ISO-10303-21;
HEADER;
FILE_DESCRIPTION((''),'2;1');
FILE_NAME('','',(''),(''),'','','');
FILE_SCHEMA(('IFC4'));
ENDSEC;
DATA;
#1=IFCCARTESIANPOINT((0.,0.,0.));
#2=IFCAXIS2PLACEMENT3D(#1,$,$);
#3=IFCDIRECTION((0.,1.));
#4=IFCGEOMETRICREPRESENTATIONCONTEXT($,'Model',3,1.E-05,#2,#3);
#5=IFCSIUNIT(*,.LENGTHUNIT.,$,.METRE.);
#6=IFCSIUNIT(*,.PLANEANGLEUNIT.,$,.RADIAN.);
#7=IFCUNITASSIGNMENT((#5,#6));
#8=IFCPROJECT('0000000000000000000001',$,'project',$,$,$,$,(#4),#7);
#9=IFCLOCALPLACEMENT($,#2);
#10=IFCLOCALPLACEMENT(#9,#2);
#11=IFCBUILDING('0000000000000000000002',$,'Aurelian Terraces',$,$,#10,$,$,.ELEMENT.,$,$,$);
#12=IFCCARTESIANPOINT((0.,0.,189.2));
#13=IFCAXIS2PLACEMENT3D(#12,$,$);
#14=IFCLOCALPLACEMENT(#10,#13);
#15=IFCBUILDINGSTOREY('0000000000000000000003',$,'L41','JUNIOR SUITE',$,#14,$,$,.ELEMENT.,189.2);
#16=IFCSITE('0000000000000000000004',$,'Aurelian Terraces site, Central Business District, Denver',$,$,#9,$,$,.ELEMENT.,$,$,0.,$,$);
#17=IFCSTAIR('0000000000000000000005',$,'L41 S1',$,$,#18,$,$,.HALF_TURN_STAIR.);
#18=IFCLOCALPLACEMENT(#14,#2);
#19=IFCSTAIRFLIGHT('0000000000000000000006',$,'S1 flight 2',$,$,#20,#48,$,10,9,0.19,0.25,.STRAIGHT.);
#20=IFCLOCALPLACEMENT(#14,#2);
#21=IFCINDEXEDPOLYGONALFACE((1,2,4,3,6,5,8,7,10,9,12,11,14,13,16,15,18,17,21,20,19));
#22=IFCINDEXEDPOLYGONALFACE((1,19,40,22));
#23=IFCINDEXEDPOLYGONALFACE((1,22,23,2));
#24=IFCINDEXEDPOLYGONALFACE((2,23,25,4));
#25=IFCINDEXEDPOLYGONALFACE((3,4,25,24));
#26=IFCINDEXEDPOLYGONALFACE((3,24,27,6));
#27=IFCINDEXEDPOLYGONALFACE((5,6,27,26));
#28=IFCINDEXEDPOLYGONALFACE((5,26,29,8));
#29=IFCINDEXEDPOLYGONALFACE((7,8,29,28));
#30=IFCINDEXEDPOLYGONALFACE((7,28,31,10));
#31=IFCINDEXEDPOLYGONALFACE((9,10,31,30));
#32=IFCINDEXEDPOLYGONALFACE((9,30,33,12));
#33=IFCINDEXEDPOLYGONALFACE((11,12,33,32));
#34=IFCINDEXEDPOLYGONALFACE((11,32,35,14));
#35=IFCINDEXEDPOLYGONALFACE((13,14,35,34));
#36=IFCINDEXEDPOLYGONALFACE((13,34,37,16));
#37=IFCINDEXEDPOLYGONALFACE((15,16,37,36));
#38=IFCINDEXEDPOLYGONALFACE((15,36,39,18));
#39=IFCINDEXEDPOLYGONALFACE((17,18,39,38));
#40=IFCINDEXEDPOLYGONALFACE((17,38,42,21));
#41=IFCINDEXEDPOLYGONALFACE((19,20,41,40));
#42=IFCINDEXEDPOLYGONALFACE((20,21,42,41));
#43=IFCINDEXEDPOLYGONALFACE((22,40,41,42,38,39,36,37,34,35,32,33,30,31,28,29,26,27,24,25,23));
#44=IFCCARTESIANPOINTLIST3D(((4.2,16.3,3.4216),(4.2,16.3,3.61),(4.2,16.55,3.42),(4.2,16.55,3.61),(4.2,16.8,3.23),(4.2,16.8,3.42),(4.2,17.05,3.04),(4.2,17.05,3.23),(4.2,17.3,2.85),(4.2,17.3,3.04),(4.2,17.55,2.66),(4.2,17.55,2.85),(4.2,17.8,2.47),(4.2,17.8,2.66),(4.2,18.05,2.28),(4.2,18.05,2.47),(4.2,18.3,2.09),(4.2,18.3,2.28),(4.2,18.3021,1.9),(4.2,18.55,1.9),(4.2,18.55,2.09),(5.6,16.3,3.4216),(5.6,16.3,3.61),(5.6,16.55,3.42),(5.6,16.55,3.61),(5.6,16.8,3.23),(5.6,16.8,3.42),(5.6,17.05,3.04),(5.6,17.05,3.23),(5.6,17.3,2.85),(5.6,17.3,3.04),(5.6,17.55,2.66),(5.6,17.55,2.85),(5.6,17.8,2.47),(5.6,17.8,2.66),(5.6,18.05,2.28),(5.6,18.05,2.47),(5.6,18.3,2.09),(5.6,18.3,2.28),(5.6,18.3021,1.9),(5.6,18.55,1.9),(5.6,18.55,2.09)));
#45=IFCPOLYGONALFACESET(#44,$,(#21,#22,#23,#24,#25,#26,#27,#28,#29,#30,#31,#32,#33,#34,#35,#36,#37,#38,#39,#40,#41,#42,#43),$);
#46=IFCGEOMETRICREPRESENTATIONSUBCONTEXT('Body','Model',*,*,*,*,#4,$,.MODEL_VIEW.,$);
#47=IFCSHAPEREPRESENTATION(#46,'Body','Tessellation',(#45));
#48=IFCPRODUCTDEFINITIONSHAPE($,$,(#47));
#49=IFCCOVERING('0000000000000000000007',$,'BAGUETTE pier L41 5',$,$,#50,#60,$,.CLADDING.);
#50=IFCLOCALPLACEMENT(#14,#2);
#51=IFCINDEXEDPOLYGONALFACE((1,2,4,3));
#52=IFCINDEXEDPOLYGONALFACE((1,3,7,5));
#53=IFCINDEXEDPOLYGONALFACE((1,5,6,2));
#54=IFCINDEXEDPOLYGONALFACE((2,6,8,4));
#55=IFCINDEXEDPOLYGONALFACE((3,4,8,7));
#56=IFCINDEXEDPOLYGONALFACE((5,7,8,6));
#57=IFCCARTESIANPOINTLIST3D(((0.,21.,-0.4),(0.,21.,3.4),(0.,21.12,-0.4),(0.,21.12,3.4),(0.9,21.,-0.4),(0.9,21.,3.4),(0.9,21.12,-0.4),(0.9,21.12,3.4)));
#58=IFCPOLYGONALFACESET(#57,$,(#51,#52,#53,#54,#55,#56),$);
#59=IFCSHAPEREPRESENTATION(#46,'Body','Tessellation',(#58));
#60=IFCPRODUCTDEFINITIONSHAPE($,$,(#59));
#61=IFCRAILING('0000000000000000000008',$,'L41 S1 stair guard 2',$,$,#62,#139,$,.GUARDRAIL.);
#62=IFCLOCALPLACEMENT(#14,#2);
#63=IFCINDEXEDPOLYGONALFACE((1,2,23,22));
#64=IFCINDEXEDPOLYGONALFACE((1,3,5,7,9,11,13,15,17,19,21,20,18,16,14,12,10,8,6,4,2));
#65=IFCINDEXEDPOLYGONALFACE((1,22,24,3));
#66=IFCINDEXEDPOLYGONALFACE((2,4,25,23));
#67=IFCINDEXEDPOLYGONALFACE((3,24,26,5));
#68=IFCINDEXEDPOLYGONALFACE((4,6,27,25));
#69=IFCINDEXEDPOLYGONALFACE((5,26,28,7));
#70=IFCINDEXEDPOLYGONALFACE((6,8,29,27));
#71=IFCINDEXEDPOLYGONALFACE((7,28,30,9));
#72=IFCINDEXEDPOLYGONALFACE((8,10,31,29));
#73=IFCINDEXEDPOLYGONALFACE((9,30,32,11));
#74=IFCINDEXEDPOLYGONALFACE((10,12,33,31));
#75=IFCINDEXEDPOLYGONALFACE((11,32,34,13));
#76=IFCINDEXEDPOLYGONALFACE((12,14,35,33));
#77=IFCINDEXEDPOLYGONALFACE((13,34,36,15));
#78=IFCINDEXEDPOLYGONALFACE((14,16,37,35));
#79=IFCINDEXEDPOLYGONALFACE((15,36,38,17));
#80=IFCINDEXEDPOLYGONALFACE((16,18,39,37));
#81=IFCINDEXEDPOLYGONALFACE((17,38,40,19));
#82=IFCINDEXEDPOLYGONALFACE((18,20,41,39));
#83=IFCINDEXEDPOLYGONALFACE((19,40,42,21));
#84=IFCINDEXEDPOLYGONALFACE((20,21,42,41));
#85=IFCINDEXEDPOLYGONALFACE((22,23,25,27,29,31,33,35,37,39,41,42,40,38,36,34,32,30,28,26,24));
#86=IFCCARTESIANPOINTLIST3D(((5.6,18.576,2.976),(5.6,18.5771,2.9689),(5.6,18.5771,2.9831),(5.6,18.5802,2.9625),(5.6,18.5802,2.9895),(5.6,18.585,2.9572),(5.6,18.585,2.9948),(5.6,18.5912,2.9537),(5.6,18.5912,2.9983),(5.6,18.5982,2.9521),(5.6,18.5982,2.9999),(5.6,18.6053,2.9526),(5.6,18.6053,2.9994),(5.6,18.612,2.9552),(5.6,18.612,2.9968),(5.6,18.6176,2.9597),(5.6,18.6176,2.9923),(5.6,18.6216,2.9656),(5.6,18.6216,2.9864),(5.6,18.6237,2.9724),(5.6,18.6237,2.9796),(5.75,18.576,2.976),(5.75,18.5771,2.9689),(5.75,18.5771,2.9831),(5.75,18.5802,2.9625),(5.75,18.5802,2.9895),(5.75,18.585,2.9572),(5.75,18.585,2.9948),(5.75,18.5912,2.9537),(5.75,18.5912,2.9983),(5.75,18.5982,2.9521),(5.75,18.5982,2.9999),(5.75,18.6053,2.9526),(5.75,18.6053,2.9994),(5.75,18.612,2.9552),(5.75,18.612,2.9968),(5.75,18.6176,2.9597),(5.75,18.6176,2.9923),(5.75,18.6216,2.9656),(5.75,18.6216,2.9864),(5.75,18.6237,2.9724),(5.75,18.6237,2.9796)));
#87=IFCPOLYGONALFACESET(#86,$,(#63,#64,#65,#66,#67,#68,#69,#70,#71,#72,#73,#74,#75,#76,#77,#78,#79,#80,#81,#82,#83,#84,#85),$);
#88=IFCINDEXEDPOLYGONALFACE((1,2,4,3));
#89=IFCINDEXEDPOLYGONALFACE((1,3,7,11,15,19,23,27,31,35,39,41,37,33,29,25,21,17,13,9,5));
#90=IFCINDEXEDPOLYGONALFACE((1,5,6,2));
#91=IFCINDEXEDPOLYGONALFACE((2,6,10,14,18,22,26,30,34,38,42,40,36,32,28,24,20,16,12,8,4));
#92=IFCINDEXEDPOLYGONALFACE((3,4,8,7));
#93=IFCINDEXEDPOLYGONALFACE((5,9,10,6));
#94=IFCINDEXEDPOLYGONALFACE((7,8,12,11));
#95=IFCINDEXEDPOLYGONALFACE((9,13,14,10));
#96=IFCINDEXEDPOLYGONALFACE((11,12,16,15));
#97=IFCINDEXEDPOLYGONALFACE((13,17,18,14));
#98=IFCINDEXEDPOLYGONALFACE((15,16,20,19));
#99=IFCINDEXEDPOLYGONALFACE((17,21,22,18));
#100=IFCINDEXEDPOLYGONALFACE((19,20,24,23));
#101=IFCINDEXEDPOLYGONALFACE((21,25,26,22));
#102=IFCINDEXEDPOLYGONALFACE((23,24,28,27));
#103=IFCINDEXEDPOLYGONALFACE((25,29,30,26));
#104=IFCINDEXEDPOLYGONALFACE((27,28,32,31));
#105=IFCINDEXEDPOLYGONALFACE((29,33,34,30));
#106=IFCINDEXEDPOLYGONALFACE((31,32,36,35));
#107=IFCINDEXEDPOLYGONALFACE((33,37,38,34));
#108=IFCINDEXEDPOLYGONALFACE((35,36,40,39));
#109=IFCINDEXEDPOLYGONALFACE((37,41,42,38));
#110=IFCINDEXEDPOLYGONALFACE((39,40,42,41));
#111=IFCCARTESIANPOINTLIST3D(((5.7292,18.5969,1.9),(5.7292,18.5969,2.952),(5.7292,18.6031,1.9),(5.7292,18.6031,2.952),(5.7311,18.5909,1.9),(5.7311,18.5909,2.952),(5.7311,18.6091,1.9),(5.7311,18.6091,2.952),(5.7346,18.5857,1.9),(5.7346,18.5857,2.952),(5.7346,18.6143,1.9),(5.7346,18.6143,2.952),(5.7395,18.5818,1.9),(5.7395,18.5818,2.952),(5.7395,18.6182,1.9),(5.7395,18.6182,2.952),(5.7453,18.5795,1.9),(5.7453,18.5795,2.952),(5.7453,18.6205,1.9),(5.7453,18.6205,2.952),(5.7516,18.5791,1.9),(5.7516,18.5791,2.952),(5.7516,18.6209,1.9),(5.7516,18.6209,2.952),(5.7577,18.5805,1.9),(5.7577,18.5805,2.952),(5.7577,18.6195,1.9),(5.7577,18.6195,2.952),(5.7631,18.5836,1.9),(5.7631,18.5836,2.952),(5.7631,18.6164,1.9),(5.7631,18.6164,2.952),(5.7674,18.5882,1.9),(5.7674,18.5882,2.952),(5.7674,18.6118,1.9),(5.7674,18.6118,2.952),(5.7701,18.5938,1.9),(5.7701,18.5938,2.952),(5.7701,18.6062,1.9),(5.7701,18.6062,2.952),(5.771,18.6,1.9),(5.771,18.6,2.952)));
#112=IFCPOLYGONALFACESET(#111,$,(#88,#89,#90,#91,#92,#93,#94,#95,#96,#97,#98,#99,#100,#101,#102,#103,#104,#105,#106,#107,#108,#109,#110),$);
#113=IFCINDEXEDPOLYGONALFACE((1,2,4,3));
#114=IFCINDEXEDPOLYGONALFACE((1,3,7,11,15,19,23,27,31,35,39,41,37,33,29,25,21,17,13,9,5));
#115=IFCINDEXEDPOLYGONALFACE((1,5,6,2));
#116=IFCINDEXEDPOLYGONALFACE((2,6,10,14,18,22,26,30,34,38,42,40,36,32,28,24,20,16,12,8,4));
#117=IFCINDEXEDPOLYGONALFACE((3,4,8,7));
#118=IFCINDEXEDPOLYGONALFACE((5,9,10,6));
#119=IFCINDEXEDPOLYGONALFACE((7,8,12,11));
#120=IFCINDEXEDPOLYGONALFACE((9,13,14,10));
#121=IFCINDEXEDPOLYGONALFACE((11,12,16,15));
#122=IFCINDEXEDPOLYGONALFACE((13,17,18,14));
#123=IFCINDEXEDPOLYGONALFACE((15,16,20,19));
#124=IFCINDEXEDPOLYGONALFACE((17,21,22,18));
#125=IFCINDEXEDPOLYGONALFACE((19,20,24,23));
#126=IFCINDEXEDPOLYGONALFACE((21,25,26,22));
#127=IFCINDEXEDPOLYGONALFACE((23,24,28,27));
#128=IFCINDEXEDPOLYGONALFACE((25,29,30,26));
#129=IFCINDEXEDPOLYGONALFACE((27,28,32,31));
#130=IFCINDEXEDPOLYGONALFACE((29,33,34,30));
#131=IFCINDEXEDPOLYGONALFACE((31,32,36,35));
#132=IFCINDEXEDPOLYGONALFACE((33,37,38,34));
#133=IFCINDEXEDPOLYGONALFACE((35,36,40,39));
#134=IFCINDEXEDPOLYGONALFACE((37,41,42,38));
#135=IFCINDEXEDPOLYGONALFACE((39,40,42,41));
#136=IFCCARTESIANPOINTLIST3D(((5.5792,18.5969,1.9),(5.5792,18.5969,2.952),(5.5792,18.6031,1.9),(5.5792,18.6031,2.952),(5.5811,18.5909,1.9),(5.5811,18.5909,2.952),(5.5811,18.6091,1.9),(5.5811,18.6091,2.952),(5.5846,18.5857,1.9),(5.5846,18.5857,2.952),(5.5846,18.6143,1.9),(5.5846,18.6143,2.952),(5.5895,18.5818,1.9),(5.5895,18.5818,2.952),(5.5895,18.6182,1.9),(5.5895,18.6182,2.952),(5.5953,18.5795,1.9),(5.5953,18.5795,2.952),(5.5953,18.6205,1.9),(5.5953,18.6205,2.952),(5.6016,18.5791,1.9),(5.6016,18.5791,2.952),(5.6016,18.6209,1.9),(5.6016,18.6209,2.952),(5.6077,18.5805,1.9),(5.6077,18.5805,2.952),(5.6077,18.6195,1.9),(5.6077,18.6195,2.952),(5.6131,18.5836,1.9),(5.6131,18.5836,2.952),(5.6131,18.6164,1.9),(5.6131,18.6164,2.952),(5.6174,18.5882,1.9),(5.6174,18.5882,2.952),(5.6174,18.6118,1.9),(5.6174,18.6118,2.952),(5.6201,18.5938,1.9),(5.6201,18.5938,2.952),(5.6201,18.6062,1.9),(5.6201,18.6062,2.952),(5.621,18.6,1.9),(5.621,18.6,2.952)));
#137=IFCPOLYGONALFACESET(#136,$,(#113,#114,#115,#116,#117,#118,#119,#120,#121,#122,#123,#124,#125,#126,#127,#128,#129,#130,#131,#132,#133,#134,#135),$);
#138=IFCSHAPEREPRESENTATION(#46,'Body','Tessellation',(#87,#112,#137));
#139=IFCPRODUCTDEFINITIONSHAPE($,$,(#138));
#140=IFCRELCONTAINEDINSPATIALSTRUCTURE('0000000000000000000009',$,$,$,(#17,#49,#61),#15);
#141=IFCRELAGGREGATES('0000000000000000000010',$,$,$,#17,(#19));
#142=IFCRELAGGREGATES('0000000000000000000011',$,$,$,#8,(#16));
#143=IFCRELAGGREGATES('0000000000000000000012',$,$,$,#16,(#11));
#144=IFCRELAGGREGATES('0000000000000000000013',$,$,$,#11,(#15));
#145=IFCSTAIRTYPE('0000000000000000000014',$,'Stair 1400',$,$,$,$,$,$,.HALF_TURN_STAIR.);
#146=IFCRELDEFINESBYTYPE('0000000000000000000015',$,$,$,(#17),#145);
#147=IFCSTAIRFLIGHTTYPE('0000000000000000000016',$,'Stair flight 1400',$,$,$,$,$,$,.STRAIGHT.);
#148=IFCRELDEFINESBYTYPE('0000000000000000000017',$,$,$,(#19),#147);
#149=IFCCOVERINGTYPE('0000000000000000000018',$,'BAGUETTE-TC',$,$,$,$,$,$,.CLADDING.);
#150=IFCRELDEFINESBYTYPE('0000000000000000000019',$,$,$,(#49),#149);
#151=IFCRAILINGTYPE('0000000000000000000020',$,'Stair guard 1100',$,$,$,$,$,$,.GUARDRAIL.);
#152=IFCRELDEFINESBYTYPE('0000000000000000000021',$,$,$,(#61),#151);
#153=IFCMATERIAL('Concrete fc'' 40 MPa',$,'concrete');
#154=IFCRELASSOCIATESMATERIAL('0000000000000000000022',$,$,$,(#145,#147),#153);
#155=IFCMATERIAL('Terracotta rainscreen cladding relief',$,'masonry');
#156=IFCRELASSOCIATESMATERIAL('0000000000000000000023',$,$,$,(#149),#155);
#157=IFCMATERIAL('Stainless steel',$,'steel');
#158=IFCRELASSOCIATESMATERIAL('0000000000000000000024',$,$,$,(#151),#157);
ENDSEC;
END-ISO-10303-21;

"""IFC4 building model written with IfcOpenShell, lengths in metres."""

from ifc_helpers import new_model, si_unit, direction, frame, origin, origin_2d, place, context, subcontext, project, spatial, polyline, rectangle, circle, outline, extrude, source, transform, mapped, material, type_object, element, aggregate, save


model = new_model("IFC4")

# Units and contexts
model_context = context("Model", 3, precision=1e-05, world=origin(), true_north=direction((0.0, 1.0)))
body_context = subcontext(model_context, "Body", "Model", "MODEL_VIEW")
ifc_project = project(units=[si_unit("LENGTHUNIT", "METRE"), si_unit("PLANEANGLEUNIT", "RADIAN")], contexts=[model_context])

# Site, building, storey
site_placement = place(None, origin())
site = spatial("IfcSite", under=ifc_project, at=site_placement, Name="Aurelian Terraces site, Central Business District, Denver", CompositionType="ELEMENT", RefElevation=0.0)
building_placement = place(site_placement, origin())
building = spatial("IfcBuilding", under=site, at=building_placement, Name="Aurelian Terraces", CompositionType="ELEMENT")
storey_placement = place(building_placement, frame((0.0, 0.0, 189.2)))
storey = spatial("IfcBuildingStorey", under=building, at=storey_placement, Name="L41", Description="JUNIOR SUITE", CompositionType="ELEMENT", Elevation=189.2)

# Shared definitions
ifc_material_1 = material(Name="Concrete fc' 40 MPa", Category="concrete")

# Stair, stair flight
stair_type = type_object("IfcStairType", Name="Stair 1400", PredefinedType="HALF_TURN_STAIR", material=ifc_material_1)
stair_placement = place(storey_placement, origin())
stair = element("IfcStair", 1, at=stair_placement, inside=storey, type_object=stair_type, Name="L41 S1", PredefinedType="HALF_TURN_STAIR")
stair_flight_type = type_object("IfcStairFlightType", Name="Stair flight 1400", PredefinedType="STRAIGHT", material=ifc_material_1)
shared_shape_1 = source(origin(), body_context, "Body", "SweptSolid", [
    extrude(outline(polyline([(0.0, 0.0), (0.0, 0.19), (0.25, 0.19), (0.25, 0.38), (0.5, 0.38), (0.5, 0.57), (0.75, 0.57), (0.75, 0.76), (1.0, 0.76), (1.0, 0.95), (1.25, 0.95), (1.25, 1.14), (1.5, 1.14), (1.5, 1.33), (1.75, 1.33), (1.75, 1.52), (2.0, 1.52), (2.0, 1.71), (2.25, 1.71), (2.25, 1.9), (2.25, 1.5216), (0.2479, 0.0), (0.0, 0.0)])), frame((0.0, 0.7, 0.0), z_axis=(0.0, -1.0, 0.0), x_axis=(1.0, 0.0, 0.0)), (0.0, 0.0, 1.0), 1.4),
])
stair_flight_1_placement = place(storey_placement, frame((4.9, 18.55, 1.9), z_axis=(0.0, 0.0, 1.0), x_axis=(0.0, -1.0, 0.0)))
stair_flight_1 = element("IfcStairFlight", 2, at=stair_flight_1_placement, type_object=stair_flight_type, Name="S1 flight 2", NumberOfRisers=10, NumberOfTreads=9, PredefinedType="STRAIGHT", RiserHeight=0.19, TreadLength=0.25, context=body_context, shape_type="MappedRepresentation", body=[
    mapped(shared_shape_1, transform((0.0, 0.0, 0.0), scale=1.0)),
])
aggregate(stair, [stair_flight_1])

# Covering
ifc_material_2 = material(Name="Terracotta rainscreen cladding relief", Category="masonry")
covering_type = type_object("IfcCoveringType", Name="BAGUETTE-TC", PredefinedType="CLADDING", material=ifc_material_2)
shared_shape_2 = source(origin(), body_context, "Body", "SweptSolid", [
    extrude(rectangle(XDim=0.9, YDim=0.12, at=origin_2d()), origin(), (0.0, 0.0, 1.0), 3.8),
])
covering_placement = place(storey_placement, frame((0.45, 21.06, -0.4), z_axis=(0.0, 0.0, 1.0), x_axis=(1.0, 0.0, 0.0)))
element("IfcCovering", 3, at=covering_placement, inside=storey, type_object=covering_type, Name="BAGUETTE pier L41 5", PredefinedType="CLADDING", context=body_context, shape_type="MappedRepresentation", body=[
    mapped(shared_shape_2, transform((0.0, 0.0, 0.0), scale=1.0)),
])

# Railing
ifc_material_3 = material(Name="Stainless steel", Category="steel")
railing_type_1 = type_object("IfcRailingType", Name="Stair guard 1100", PredefinedType="GUARDRAIL", material=ifc_material_3)
shared_shape_3 = source(origin(), body_context, "Body", "SweptSolid", [
    extrude(circle(Radius=0.024, at=origin_2d()), frame((0.0, 0.0, 1.076), z_axis=(-1.0, 0.0, 0.0), x_axis=(0.0, -1.0, 0.0)), (0.0, 0.0, 1.0), 0.15),
    extrude(circle(Radius=0.021, at=origin_2d()), origin(), (0.0, 0.0, 1.0), 1.052),
    extrude(circle(Radius=0.021, at=origin_2d()), frame((-0.15, 0.0, 0.0)), (0.0, 0.0, 1.0), 1.052),
])
for number, where, name in (
    (4, (5.75, 18.6, 1.9), "L41 S1 stair guard 2"),
):
    element("IfcRailing", number, at=place(storey_placement, frame(where)), inside=storey, type_object=railing_type_1, Name=name, PredefinedType="GUARDRAIL", context=body_context, shape_type="MappedRepresentation", body=[
        mapped(shared_shape_3, transform((0.0, 0.0, 0.0), scale=1.0)),
    ])

save(model, "model.ifc")
